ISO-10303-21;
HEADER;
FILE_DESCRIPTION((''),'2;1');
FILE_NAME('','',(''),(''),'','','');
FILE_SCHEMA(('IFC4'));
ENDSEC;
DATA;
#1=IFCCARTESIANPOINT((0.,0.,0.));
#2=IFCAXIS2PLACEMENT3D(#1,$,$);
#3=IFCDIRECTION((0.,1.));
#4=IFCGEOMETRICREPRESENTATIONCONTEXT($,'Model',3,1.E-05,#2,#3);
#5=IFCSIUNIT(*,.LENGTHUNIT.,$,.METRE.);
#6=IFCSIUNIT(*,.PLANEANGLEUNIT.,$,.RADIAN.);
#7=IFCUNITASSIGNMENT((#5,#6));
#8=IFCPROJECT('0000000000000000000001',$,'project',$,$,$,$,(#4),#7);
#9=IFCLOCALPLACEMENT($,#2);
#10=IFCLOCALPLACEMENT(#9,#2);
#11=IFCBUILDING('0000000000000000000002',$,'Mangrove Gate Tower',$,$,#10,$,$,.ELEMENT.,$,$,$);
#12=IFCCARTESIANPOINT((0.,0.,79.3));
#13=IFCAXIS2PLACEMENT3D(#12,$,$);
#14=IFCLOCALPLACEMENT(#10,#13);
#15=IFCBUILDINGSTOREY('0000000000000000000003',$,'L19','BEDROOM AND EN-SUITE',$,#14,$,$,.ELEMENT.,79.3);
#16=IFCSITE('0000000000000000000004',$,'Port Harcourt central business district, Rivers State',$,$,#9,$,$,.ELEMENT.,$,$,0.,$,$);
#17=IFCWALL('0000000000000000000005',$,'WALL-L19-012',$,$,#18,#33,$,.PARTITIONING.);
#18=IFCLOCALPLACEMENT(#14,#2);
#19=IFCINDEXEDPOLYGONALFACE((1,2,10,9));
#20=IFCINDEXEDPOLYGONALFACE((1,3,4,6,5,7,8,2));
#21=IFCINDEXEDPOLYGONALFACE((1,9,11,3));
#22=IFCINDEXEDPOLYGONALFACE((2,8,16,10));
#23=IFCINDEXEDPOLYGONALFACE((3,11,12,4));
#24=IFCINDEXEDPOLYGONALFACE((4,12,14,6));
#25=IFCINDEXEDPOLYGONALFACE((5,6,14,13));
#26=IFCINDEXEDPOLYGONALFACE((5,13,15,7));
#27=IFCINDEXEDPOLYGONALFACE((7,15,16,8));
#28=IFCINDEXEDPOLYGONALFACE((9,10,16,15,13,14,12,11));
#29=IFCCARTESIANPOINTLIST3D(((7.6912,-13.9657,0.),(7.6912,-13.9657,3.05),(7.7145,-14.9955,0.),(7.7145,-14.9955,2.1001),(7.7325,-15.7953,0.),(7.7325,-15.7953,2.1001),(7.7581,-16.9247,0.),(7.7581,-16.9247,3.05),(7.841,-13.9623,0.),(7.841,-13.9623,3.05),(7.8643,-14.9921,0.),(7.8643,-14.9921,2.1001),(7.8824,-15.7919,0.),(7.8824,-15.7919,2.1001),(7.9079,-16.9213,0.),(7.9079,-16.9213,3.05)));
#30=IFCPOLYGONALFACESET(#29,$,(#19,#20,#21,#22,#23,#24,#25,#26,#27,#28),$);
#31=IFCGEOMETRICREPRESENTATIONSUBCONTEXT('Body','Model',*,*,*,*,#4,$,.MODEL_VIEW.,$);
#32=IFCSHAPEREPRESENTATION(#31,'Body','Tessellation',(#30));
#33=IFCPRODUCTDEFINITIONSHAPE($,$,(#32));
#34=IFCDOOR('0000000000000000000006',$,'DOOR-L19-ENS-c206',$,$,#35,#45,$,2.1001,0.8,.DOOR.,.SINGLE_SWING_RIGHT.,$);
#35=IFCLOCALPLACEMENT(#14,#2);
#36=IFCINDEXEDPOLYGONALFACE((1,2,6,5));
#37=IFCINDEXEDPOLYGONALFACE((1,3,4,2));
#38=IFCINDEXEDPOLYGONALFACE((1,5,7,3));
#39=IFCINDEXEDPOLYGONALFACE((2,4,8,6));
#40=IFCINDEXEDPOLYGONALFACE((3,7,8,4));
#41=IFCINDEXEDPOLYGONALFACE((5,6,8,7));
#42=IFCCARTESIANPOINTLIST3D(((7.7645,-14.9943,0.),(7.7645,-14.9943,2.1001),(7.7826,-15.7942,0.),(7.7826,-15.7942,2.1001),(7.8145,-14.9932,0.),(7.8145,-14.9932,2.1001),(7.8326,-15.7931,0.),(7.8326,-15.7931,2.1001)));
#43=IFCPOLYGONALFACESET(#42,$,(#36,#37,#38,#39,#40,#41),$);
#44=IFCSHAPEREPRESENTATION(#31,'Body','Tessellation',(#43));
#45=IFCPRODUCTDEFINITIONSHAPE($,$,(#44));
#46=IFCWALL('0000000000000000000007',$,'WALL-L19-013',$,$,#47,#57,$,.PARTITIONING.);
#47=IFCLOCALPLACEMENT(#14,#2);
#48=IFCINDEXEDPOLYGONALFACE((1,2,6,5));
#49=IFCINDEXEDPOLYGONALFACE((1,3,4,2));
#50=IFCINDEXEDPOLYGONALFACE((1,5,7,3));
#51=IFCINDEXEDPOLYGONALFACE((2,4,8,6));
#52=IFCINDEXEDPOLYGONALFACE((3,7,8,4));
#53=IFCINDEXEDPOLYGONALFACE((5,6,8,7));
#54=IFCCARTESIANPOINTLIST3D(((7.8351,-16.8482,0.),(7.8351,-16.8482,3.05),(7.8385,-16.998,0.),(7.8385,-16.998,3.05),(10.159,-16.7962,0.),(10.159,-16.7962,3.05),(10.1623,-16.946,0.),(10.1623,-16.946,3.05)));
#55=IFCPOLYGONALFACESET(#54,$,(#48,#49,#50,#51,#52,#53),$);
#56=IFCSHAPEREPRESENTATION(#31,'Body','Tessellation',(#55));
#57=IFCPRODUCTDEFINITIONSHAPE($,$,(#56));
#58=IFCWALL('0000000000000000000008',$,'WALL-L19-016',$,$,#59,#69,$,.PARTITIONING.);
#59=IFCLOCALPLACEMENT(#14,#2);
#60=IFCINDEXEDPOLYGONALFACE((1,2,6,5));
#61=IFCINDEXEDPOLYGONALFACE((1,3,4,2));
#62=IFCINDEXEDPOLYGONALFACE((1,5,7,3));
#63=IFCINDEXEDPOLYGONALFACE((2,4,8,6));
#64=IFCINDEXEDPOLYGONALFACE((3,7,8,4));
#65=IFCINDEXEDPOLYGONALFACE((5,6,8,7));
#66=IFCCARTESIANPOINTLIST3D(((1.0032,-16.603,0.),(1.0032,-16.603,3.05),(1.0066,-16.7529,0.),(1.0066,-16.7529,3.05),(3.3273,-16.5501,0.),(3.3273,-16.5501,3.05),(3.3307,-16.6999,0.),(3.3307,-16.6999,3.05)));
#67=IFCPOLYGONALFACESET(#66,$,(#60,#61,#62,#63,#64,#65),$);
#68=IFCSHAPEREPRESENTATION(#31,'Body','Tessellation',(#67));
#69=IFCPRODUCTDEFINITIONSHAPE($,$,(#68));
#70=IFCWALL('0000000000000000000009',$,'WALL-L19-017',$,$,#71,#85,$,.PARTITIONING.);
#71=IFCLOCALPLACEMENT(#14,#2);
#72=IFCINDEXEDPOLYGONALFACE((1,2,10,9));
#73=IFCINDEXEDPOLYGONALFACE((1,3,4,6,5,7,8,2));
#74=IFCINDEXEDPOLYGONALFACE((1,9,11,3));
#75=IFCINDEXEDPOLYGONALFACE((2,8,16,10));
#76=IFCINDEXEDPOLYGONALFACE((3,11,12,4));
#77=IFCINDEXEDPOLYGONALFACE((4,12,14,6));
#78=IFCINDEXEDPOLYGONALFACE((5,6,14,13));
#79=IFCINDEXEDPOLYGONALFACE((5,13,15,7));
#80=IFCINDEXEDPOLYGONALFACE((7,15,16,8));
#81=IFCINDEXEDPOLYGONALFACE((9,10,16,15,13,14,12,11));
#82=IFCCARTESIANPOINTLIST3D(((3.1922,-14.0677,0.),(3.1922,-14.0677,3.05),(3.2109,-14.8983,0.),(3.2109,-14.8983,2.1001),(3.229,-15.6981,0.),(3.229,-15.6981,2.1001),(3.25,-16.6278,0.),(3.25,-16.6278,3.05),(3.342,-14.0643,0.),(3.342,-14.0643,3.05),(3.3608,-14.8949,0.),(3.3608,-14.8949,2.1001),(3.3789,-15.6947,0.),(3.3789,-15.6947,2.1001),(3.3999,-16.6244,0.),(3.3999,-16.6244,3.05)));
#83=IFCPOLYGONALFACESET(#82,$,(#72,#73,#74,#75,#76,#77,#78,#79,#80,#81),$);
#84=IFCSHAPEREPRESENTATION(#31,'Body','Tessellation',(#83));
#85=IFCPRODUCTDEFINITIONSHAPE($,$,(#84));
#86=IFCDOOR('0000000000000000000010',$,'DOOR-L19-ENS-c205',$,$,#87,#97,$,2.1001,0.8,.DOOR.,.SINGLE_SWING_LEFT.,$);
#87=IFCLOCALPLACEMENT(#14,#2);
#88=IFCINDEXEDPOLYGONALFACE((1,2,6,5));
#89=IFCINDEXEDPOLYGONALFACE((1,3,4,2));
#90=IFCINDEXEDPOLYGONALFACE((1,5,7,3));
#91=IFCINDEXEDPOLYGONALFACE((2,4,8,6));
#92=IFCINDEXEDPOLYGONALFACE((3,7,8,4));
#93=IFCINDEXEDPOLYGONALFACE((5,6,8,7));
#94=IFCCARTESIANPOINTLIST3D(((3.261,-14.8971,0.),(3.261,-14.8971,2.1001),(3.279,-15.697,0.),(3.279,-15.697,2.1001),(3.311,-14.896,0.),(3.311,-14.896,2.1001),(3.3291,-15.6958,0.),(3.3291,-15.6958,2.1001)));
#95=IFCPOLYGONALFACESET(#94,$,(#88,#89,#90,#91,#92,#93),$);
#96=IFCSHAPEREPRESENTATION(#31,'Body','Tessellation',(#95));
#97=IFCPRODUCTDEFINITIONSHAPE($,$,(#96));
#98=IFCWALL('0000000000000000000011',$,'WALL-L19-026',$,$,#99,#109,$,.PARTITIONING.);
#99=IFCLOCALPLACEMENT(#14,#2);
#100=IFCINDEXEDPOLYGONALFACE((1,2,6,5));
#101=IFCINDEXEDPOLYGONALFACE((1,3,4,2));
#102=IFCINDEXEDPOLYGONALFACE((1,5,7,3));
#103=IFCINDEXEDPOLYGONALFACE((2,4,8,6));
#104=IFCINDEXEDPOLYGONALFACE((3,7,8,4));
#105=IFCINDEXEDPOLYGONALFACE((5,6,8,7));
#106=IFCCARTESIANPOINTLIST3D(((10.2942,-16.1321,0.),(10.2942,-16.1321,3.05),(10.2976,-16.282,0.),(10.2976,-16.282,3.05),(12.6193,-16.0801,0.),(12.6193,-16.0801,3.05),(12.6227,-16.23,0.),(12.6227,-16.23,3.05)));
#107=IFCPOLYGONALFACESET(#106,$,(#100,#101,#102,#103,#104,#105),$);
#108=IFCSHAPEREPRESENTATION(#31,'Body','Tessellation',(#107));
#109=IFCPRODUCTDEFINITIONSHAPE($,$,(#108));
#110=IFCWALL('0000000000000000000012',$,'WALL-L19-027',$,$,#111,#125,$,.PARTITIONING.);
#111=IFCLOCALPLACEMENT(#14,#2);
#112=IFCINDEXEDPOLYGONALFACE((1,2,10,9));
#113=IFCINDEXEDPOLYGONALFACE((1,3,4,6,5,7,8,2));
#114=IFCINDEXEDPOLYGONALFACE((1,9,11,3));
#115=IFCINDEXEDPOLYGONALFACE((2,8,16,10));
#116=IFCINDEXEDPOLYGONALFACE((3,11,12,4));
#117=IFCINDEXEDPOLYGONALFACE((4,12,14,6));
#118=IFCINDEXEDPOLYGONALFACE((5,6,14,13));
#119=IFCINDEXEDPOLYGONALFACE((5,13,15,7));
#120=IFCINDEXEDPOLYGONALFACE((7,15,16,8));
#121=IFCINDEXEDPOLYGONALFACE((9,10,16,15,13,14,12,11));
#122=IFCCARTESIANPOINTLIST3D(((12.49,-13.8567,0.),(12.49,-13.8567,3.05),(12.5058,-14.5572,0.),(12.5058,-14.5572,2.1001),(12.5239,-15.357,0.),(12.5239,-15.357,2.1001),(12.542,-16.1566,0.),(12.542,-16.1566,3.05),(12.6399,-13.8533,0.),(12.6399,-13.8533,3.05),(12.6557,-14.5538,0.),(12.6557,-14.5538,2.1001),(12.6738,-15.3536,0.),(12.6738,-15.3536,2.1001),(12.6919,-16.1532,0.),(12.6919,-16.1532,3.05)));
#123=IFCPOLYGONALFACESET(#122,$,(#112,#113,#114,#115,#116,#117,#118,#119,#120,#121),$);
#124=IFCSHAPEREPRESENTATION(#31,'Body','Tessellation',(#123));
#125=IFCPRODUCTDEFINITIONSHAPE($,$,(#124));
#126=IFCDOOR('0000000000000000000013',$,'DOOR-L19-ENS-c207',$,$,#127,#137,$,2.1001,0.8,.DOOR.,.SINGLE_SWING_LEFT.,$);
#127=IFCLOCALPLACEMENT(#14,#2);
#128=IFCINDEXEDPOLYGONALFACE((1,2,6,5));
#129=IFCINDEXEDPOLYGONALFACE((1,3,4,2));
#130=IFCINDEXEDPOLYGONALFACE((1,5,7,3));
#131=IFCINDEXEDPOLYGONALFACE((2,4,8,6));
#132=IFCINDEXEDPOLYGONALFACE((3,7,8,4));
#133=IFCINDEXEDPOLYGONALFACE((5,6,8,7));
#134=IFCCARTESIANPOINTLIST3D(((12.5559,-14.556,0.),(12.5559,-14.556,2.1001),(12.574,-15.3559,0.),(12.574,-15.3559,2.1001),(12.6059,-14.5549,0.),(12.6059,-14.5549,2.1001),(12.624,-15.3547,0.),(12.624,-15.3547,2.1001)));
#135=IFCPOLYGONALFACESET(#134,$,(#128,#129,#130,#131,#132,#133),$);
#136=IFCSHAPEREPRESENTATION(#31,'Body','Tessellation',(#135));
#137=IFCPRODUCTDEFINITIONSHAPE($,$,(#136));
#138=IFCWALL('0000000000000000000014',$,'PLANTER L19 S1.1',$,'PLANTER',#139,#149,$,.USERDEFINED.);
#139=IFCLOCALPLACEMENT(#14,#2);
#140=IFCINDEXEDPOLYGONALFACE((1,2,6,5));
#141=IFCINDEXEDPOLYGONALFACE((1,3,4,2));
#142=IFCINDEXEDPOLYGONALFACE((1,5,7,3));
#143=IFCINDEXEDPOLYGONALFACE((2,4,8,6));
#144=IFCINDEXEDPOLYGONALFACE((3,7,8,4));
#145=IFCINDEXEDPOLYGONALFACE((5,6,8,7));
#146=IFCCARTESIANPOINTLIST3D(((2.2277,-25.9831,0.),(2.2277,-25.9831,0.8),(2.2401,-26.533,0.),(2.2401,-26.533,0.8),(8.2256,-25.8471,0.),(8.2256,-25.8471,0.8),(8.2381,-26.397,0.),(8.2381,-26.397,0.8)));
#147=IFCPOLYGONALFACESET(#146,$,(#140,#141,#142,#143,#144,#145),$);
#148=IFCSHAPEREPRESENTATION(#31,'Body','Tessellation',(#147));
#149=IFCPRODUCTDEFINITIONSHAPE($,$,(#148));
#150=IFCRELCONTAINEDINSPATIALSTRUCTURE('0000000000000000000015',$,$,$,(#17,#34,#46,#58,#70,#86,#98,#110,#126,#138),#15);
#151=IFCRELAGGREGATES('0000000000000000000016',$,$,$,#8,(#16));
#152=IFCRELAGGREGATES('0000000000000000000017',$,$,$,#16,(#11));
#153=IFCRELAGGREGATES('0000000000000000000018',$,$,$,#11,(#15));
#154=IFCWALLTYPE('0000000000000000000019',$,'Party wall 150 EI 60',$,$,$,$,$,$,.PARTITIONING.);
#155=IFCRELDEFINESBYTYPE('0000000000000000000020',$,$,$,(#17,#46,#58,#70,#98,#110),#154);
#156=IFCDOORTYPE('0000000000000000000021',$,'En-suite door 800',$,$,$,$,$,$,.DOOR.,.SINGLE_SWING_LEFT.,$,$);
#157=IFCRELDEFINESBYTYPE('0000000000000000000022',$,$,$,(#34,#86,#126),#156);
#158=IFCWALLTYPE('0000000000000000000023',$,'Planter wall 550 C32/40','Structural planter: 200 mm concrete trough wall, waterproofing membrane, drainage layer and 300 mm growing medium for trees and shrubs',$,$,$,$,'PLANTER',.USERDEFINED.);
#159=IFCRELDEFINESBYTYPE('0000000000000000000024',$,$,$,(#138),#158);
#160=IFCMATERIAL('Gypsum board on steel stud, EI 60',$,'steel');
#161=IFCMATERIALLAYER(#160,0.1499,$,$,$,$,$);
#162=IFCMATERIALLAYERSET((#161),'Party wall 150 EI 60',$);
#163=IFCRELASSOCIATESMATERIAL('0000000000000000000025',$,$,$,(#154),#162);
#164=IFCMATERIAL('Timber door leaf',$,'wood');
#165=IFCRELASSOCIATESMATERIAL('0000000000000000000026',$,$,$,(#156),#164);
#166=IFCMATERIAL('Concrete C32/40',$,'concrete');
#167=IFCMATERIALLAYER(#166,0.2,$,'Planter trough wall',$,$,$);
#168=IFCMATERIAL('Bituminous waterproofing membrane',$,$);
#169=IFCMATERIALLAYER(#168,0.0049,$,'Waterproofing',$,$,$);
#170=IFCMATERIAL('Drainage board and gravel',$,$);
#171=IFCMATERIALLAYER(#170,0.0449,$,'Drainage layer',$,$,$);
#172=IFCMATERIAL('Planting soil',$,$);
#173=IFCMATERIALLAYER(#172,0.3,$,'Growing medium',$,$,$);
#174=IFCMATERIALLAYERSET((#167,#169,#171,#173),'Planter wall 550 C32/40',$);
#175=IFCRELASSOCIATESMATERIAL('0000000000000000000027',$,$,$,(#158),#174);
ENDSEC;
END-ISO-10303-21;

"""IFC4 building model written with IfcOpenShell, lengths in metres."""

from ifc_helpers import new_model, si_unit, direction, frame, frame_2d, origin, place, context, subcontext, project, spatial, rectangle, extrude, material, layer, layer_set, type_object, element, fill, save


model = new_model("IFC4")

# Units and contexts
model_context = context("Model", 3, precision=1e-05, world=origin(), true_north=direction((0.0, 1.0)))
body_context = subcontext(model_context, "Body", "Model", "MODEL_VIEW")
ifc_project = project(units=[si_unit("LENGTHUNIT", "METRE"), si_unit("PLANEANGLEUNIT", "RADIAN")], contexts=[model_context])

# Site, building, storey
site_placement = place(None, origin())
site = spatial("IfcSite", under=ifc_project, at=site_placement, Name="Port Harcourt central business district, Rivers State", CompositionType="ELEMENT", RefElevation=0.0)
building_placement = place(site_placement, origin())
building = spatial("IfcBuilding", under=site, at=building_placement, Name="Mangrove Gate Tower", CompositionType="ELEMENT")
storey_placement = place(building_placement, frame((0.0, 0.0, 79.3)))
storey = spatial("IfcBuildingStorey", under=building, at=storey_placement, Name="L19", Description="BEDROOM AND EN-SUITE", CompositionType="ELEMENT", Elevation=79.3)

# Shared definitions
ifc_material_1 = material(Name="Gypsum board on steel stud, EI 60", Category="steel")
ifc_layer_1 = layer(ifc_material_1, 0.1499)
ifc_layer_set_1 = layer_set([ifc_layer_1], Name="Party wall 150 EI 60")
wall_type_1 = type_object("IfcWallType", Name="Party wall 150 EI 60", PredefinedType="PARTITIONING", material=ifc_layer_set_1)

# Wall, opening, door
wall_1_placement = place(storey_placement, frame((7.833, -16.9231, 0.0), z_axis=(0.0, 0.0, 1.0), x_axis=(-0.022601, 0.999745, 0.0)))
wall_1 = element("IfcWall", 1, at=wall_1_placement, inside=storey, type_object=wall_type_1, Name="WALL-L19-012", PredefinedType="PARTITIONING", context=body_context, shape_type="SweptSolid", body=[
    extrude(rectangle(XDim=2.9597, YDim=0.1499, at=frame_2d((1.48, 0.0))), origin(), (0.0, 0.0, 1.0), 3.05),
])
opening_1_placement = place(wall_1_placement, frame((1.1299, 0.0, 0.0)))
opening_1 = element("IfcOpeningElement", 2, at=opening_1_placement, cuts=wall_1, PredefinedType="OPENING", context=body_context, shape_type="SweptSolid", body=[
    extrude(rectangle(XDim=0.8, YDim=2.1001, at=frame_2d((0.3999, 1.05))), frame((0.0, 0.085, 0.0), z_axis=(0.0, -1.0, 0.0), x_axis=(1.0, 0.0, 0.0)), (0.0, 0.0, 1.0), 0.1699),
])
ifc_material_2 = material(Name="Timber door leaf", Category="wood")
door_type_1 = type_object("IfcDoorType", Name="En-suite door 800", OperationType="SINGLE_SWING_LEFT", PredefinedType="DOOR", material=ifc_material_2)
door_1_placement = place(opening_1_placement, origin())
door_1 = element("IfcDoor", 3, at=door_1_placement, inside=storey, type_object=door_type_1, Name="DOOR-L19-ENS-c206", OperationType="SINGLE_SWING_RIGHT", OverallHeight=2.1001, OverallWidth=0.8, PredefinedType="DOOR", context=body_context, shape_type="SweptSolid", body=[
    extrude(rectangle(XDim=0.8, YDim=2.1001, at=frame_2d((0.3999, 1.05))), frame((0.0, 0.0249, 0.0), z_axis=(0.0, -1.0, 0.0), x_axis=(1.0, 0.0, 0.0)), (0.0, 0.0, 1.0), 0.05),
])
fill(opening_1, door_1)

# Walls
wall_2_placement = place(storey_placement, frame((7.8369, -16.9231, 0.0), z_axis=(0.0, 0.0, 1.0), x_axis=(0.99975, 0.022371, 0.0)))
element("IfcWall", 4, at=wall_2_placement, inside=storey, type_object=wall_type_1, Name="WALL-L19-013", PredefinedType="PARTITIONING", context=body_context, shape_type="SweptSolid", body=[
    extrude(rectangle(XDim=2.3245, YDim=0.1499, at=frame_2d((1.1621, 0.0))), origin(), (0.0, 0.0, 1.0), 3.05),
])
wall_3_placement = place(storey_placement, frame((1.0049, -16.678, 0.0), z_axis=(0.0, 0.0, 1.0), x_axis=(0.99974, 0.022788, 0.0)))
element("IfcWall", 5, at=wall_3_placement, inside=storey, type_object=wall_type_1, Name="WALL-L19-016", PredefinedType="PARTITIONING", context=body_context, shape_type="SweptSolid", body=[
    extrude(rectangle(XDim=2.3247, YDim=0.1499, at=frame_2d((1.1624, 0.0))), origin(), (0.0, 0.0, 1.0), 3.05),
])

# Wall, opening, door
wall_4_placement = place(storey_placement, frame((3.325, -16.626, 0.0), z_axis=(0.0, 0.0, 1.0), x_axis=(-0.022596, 0.999745, 0.0)))
wall_4 = element("IfcWall", 6, at=wall_4_placement, inside=storey, type_object=wall_type_1, Name="WALL-L19-017", PredefinedType="PARTITIONING", context=body_context, shape_type="SweptSolid", body=[
    extrude(rectangle(XDim=2.5608, YDim=0.1499, at=frame_2d((1.2803, 0.0))), origin(), (0.0, 0.0, 1.0), 3.05),
])
opening_2_placement = place(wall_4_placement, frame((0.9299, 0.0, 0.0)))
opening_2 = element("IfcOpeningElement", 7, at=opening_2_placement, cuts=wall_4, PredefinedType="OPENING", context=body_context, shape_type="SweptSolid", body=[
    extrude(rectangle(XDim=0.8, YDim=2.1001, at=frame_2d((0.3999, 1.05))), frame((0.0, 0.085, 0.0), z_axis=(0.0, -1.0, 0.0), x_axis=(1.0, 0.0, 0.0)), (0.0, 0.0, 1.0), 0.1699),
])
door_2_placement = place(opening_2_placement, origin())
door_2 = element("IfcDoor", 8, at=door_2_placement, inside=storey, type_object=door_type_1, Name="DOOR-L19-ENS-c205", OperationType="SINGLE_SWING_LEFT", OverallHeight=2.1001, OverallWidth=0.8, PredefinedType="DOOR", context=body_context, shape_type="SweptSolid", body=[
    extrude(rectangle(XDim=0.8, YDim=2.1001, at=frame_2d((0.3999, 1.05))), frame((0.0, 0.0249, 0.0), z_axis=(0.0, -1.0, 0.0), x_axis=(1.0, 0.0, 0.0)), (0.0, 0.0, 1.0), 0.05),
])
fill(opening_2, door_2)

# Wall
wall_5_placement = place(storey_placement, frame((10.2959, -16.207, 0.0), z_axis=(0.0, 0.0, 1.0), x_axis=(0.99975, 0.022359, 0.0)))
element("IfcWall", 9, at=wall_5_placement, inside=storey, type_object=wall_type_1, Name="WALL-L19-026", PredefinedType="PARTITIONING", context=body_context, shape_type="SweptSolid", body=[
    extrude(rectangle(XDim=2.3257, YDim=0.1499, at=frame_2d((1.1628, 0.0))), origin(), (0.0, 0.0, 1.0), 3.05),
])

# Wall, opening, door
wall_6_placement = place(storey_placement, frame((12.6169, -16.155, 0.0), z_axis=(0.0, 0.0, 1.0), x_axis=(-0.022603, 0.999745, 0.0)))
wall_6 = element("IfcWall", 10, at=wall_6_placement, inside=storey, type_object=wall_type_1, Name="WALL-L19-027", PredefinedType="PARTITIONING", context=body_context, shape_type="SweptSolid", body=[
    extrude(rectangle(XDim=2.3005, YDim=0.1499, at=frame_2d((1.1504, 0.0))), origin(), (0.0, 0.0, 1.0), 3.05),
])
opening_3_placement = place(wall_6_placement, frame((0.8, 0.0, 0.0)))
opening_3 = element("IfcOpeningElement", 11, at=opening_3_placement, cuts=wall_6, PredefinedType="OPENING", context=body_context, shape_type="SweptSolid", body=[
    extrude(rectangle(XDim=0.8, YDim=2.1001, at=frame_2d((0.3999, 1.05))), frame((0.0, 0.085, 0.0), z_axis=(0.0, -1.0, 0.0), x_axis=(1.0, 0.0, 0.0)), (0.0, 0.0, 1.0), 0.1699),
])
door_3_placement = place(opening_3_placement, origin())
door_3 = element("IfcDoor", 12, at=door_3_placement, inside=storey, type_object=door_type_1, Name="DOOR-L19-ENS-c207", OperationType="SINGLE_SWING_LEFT", OverallHeight=2.1001, OverallWidth=0.8, PredefinedType="DOOR", context=body_context, shape_type="SweptSolid", body=[
    extrude(rectangle(XDim=0.8, YDim=2.1001, at=frame_2d((0.3999, 1.05))), frame((0.0, 0.0249, 0.0), z_axis=(0.0, -1.0, 0.0), x_axis=(1.0, 0.0, 0.0)), (0.0, 0.0, 1.0), 0.05),
])
fill(opening_3, door_3)

# Wall
ifc_material_3 = material(Name="Concrete C32/40", Category="concrete")
ifc_layer_2 = layer(ifc_material_3, 0.2, Name="Planter trough wall")
ifc_material_4 = material(Name="Bituminous waterproofing membrane")
ifc_layer_3 = layer(ifc_material_4, 0.0049, Name="Waterproofing")
ifc_material_5 = material(Name="Drainage board and gravel")
ifc_layer_4 = layer(ifc_material_5, 0.0449, Name="Drainage layer")
ifc_material_6 = material(Name="Planting soil")
ifc_layer_5 = layer(ifc_material_6, 0.3, Name="Growing medium")
ifc_layer_set_2 = layer_set([ifc_layer_2, ifc_layer_3, ifc_layer_4, ifc_layer_5], Name="Planter wall 550 C32/40")
wall_type_2 = type_object("IfcWallType", Name="Planter wall 550 C32/40", Description="Structural planter: 200 mm concrete trough wall, waterproofing membrane, drainage layer and 300 mm growing medium for trees and shrubs", ElementType="PLANTER", PredefinedType="USERDEFINED", material=ifc_layer_set_2)
wall_7_placement = place(storey_placement, frame((2.2339, -26.2581, 0.0), z_axis=(0.0, 0.0, 1.0), x_axis=(0.999743, 0.022666, 0.0)))
element("IfcWall", 13, at=wall_7_placement, inside=storey, type_object=wall_type_2, Name="PLANTER L19 S1.1", ObjectType="PLANTER", PredefinedType="USERDEFINED", context=body_context, shape_type="SweptSolid", body=[
    extrude(rectangle(XDim=5.9995, YDim=0.55, at=frame_2d((2.9998, 0.0))), origin(), (0.0, 0.0, 1.0), 0.8),
])

save(model, "model.ifc")
